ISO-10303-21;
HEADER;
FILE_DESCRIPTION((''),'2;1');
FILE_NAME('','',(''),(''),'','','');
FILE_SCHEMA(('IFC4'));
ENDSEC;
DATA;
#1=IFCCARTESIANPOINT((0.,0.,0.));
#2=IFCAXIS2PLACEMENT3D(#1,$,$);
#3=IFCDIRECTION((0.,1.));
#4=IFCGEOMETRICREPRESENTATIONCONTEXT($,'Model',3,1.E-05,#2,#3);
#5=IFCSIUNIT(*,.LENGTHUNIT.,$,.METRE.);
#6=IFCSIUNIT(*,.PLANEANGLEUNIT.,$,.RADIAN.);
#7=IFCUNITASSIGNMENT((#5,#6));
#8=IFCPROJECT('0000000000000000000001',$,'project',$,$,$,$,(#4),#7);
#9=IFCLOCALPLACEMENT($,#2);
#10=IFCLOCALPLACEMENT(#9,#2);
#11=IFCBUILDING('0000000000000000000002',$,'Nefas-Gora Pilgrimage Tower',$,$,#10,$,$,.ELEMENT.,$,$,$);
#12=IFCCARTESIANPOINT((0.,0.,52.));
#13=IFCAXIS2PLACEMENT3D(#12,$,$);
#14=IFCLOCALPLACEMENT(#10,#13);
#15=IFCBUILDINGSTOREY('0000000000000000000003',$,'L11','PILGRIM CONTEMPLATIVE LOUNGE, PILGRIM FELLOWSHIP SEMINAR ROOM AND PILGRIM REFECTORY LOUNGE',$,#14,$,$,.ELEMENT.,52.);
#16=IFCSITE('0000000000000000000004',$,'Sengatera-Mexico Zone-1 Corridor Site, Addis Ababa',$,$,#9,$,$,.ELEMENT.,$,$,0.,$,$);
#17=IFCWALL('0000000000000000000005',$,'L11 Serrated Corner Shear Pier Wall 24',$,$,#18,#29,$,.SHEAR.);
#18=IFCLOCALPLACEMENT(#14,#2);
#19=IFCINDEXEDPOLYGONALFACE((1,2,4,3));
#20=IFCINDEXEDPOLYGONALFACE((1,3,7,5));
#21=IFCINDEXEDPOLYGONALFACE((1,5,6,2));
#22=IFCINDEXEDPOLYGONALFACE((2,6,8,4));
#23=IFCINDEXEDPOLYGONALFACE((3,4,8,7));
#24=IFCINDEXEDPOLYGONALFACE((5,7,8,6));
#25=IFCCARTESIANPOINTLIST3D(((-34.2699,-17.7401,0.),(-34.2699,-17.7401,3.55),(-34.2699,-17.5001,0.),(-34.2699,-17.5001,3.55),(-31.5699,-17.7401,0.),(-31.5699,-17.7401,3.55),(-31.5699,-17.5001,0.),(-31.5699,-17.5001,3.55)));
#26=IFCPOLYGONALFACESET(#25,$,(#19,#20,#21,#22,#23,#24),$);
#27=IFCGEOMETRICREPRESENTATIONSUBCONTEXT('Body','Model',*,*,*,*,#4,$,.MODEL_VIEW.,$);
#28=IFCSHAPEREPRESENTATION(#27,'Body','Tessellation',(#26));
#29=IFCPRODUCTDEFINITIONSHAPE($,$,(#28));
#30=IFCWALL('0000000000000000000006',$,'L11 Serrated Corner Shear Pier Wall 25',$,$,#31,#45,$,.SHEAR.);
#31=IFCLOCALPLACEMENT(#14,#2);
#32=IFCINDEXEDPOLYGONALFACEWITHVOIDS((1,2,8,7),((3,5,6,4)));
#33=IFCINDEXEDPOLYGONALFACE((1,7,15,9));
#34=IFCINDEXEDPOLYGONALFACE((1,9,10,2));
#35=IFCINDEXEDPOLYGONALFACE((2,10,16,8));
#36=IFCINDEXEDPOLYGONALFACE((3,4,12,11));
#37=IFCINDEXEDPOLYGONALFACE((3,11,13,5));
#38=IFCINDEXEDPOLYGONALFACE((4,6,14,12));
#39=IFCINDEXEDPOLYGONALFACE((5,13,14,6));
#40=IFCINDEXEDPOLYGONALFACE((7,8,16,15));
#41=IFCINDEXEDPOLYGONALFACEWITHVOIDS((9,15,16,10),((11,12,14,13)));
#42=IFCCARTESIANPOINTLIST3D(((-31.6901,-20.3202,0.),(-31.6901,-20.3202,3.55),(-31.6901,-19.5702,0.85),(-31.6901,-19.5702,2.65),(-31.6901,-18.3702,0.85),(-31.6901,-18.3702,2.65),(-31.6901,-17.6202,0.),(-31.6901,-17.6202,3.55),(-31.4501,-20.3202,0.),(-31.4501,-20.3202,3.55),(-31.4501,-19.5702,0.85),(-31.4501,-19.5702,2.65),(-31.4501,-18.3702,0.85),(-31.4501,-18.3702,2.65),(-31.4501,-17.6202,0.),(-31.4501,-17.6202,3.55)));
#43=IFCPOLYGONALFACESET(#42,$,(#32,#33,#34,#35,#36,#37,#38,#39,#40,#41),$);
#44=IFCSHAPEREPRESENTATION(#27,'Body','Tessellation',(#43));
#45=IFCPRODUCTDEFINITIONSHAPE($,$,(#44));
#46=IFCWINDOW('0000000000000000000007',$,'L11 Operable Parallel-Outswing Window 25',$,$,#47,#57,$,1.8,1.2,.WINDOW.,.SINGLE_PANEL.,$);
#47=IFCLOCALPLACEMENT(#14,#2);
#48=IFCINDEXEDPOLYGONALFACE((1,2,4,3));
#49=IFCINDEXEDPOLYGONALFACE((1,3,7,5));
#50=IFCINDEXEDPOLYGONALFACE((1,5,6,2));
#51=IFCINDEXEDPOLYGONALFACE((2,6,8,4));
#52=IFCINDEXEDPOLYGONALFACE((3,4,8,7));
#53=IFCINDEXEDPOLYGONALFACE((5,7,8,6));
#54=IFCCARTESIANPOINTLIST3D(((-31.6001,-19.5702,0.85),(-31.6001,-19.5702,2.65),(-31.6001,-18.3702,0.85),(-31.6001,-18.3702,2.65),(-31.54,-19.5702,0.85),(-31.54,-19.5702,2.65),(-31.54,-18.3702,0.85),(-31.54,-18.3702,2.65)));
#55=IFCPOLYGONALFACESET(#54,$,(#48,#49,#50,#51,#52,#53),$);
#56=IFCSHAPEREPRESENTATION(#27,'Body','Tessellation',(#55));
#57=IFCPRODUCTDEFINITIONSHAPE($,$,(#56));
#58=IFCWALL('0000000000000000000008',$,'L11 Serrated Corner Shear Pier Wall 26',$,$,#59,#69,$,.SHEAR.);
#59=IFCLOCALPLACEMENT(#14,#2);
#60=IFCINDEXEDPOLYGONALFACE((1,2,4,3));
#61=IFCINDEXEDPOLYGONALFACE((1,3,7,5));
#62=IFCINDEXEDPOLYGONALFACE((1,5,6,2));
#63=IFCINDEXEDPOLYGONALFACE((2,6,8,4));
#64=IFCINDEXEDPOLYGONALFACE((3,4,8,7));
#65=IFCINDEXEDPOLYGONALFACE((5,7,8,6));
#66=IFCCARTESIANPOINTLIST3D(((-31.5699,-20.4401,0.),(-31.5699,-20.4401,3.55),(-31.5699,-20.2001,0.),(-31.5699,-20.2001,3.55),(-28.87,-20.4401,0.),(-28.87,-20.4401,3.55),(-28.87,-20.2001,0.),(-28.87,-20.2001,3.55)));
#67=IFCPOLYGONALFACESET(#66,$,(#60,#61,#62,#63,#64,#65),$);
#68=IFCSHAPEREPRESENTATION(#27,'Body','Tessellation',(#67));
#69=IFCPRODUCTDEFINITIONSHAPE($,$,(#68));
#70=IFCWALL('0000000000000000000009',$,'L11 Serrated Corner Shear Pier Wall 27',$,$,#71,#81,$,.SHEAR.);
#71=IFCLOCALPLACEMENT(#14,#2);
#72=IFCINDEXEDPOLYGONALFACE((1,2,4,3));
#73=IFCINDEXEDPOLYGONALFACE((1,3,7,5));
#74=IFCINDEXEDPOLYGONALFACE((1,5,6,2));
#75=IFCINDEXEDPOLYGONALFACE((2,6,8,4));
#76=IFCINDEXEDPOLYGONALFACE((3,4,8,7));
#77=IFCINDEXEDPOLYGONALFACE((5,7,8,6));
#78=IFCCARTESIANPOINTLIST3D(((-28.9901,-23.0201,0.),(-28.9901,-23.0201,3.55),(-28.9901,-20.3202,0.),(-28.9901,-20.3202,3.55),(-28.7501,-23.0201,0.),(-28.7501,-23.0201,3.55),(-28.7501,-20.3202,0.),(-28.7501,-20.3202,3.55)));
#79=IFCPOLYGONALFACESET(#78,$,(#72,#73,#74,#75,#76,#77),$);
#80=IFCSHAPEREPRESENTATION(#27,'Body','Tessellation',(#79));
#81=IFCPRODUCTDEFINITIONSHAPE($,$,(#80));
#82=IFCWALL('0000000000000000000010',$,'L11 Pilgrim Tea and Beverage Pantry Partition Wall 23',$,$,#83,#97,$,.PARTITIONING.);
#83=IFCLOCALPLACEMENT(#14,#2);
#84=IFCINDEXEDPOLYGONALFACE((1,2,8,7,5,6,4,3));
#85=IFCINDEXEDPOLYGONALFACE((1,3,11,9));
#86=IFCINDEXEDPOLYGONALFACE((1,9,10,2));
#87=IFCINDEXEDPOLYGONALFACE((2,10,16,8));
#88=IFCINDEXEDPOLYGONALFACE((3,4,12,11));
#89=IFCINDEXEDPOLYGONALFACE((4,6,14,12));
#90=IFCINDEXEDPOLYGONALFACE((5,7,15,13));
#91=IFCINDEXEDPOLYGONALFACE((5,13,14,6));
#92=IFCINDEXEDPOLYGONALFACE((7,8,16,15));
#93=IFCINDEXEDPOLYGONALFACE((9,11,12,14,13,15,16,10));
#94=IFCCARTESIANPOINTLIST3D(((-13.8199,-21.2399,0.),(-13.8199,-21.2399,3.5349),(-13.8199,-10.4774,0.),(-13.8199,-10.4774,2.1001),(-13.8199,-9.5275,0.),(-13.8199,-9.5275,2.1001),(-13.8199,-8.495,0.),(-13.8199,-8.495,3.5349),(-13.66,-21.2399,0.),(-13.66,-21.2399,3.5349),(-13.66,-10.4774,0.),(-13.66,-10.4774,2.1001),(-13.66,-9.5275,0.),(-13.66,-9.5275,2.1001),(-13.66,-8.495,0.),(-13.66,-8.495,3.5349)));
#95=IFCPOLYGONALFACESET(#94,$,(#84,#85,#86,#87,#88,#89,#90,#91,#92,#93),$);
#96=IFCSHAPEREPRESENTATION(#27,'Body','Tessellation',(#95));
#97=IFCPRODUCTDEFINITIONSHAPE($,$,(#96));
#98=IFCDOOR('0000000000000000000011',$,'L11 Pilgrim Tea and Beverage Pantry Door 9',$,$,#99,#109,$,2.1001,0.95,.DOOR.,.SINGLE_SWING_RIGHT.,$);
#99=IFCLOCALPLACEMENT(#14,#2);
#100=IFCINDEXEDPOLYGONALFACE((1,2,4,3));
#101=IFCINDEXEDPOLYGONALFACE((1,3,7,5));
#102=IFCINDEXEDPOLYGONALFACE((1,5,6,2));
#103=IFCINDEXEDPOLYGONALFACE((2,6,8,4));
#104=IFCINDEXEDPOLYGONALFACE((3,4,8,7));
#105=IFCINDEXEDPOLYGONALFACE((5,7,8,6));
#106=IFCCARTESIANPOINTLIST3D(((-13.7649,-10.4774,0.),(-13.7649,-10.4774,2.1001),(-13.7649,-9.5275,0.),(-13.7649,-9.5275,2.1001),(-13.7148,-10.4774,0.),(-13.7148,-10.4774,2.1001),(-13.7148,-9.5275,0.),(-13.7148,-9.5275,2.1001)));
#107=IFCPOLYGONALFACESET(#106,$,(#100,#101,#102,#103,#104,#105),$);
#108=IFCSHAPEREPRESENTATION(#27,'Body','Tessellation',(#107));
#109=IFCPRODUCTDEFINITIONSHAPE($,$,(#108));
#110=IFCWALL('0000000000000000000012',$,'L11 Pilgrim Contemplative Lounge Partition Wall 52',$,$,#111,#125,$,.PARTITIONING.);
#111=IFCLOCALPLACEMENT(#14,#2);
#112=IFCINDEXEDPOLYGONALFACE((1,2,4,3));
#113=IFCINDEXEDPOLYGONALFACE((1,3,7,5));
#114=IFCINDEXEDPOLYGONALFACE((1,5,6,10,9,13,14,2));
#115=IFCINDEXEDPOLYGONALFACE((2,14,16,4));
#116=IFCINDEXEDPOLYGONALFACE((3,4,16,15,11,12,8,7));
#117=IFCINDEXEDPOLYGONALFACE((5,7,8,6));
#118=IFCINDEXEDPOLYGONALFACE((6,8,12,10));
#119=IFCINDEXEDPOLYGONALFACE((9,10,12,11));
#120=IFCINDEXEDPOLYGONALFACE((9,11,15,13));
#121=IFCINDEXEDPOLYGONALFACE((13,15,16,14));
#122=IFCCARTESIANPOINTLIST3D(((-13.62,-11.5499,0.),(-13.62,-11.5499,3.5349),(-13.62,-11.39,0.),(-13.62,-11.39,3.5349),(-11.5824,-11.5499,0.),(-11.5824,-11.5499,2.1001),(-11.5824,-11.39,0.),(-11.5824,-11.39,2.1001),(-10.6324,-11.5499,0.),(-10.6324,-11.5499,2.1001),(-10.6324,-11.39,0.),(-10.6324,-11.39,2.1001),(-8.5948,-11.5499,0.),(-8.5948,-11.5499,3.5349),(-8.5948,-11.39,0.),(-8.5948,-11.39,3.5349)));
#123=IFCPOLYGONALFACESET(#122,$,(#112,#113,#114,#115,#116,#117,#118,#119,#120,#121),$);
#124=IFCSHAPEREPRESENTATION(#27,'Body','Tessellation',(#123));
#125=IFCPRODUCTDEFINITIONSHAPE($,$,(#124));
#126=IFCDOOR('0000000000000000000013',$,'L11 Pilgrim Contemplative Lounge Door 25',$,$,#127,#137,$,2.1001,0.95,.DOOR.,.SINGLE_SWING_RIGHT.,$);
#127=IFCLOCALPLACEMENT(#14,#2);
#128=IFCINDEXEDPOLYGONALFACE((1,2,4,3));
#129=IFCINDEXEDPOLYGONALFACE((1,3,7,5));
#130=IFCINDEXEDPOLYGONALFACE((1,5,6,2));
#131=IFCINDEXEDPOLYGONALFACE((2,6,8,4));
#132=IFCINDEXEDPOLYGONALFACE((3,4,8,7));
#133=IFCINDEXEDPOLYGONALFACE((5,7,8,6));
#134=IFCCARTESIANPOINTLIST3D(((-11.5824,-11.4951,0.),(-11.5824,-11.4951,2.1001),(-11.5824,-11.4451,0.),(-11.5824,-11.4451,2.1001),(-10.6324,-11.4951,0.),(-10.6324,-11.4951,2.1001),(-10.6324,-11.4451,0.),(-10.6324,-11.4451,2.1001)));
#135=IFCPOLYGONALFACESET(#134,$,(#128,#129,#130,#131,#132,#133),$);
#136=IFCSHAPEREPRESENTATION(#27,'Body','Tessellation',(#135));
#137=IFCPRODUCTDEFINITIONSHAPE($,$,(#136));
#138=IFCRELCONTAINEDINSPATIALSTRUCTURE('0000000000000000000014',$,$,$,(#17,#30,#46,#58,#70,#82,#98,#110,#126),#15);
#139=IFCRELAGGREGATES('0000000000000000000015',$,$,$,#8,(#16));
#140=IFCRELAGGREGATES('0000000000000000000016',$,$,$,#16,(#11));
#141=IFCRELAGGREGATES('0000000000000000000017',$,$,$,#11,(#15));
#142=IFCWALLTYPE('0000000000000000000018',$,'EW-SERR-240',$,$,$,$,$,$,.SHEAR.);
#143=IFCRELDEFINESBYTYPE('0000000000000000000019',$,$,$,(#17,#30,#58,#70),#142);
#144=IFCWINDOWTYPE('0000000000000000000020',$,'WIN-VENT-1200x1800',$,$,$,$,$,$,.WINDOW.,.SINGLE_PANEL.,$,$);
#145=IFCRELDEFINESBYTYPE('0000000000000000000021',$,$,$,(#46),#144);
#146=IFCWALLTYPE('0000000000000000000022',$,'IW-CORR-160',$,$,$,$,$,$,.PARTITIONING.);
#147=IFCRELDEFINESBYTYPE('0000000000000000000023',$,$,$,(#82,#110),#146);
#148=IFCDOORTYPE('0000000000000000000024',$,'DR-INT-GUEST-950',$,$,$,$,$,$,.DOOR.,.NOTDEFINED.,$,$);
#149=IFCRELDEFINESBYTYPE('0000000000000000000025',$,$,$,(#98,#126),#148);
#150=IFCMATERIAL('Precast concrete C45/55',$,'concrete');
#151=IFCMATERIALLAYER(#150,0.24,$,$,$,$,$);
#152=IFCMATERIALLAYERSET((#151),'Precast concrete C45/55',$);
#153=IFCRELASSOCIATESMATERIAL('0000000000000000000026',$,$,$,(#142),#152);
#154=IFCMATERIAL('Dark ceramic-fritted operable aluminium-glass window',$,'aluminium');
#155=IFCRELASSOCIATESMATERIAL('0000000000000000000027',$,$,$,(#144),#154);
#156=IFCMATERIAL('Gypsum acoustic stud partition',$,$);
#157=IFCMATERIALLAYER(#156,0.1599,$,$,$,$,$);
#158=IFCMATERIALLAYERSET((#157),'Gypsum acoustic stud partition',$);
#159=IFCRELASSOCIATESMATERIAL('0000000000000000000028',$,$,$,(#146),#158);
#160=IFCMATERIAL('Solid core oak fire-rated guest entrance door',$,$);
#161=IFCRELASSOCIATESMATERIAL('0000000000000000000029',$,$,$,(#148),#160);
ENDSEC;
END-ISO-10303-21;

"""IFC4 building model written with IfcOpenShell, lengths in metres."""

from ifc_helpers import new_model, si_unit, direction, frame, frame_2d, origin, place, context, subcontext, project, spatial, rectangle, extrude, source, transform, mapped, material, layer, layer_set, type_object, element, fill, save


model = new_model("IFC4")

# Units and contexts
model_context = context("Model", 3, precision=1e-05, world=origin(), true_north=direction((0.0, 1.0)))
body_context = subcontext(model_context, "Body", "Model", "MODEL_VIEW")
ifc_project = project(units=[si_unit("LENGTHUNIT", "METRE"), si_unit("PLANEANGLEUNIT", "RADIAN")], contexts=[model_context])

# Site, building, storey
site_placement = place(None, origin())
site = spatial("IfcSite", under=ifc_project, at=site_placement, Name="Sengatera-Mexico Zone-1 Corridor Site, Addis Ababa", CompositionType="ELEMENT", RefElevation=0.0)
building_placement = place(site_placement, origin())
building = spatial("IfcBuilding", under=site, at=building_placement, Name="Nefas-Gora Pilgrimage Tower", CompositionType="ELEMENT")
storey_placement = place(building_placement, frame((0.0, 0.0, 52.0)))
storey = spatial("IfcBuildingStorey", under=building, at=storey_placement, Name="L11", Description="PILGRIM CONTEMPLATIVE LOUNGE, PILGRIM FELLOWSHIP SEMINAR ROOM AND PILGRIM REFECTORY LOUNGE", CompositionType="ELEMENT", Elevation=52.0)

# Wall
ifc_material_1 = material(Name="Precast concrete C45/55", Category="concrete")
ifc_layer_1 = layer(ifc_material_1, 0.24)
ifc_layer_set_1 = layer_set([ifc_layer_1], Name="Precast concrete C45/55")
wall_type_1 = type_object("IfcWallType", Name="EW-SERR-240", PredefinedType="SHEAR", material=ifc_layer_set_1)
shared_shape_1 = source(origin(), body_context, "Body", "SweptSolid", [
    extrude(rectangle(XDim=2.7, YDim=0.24, at=frame_2d((1.3501, 0.0))), origin(), (0.0, 0.0, 1.0), 3.55),
])
wall_1_placement = place(storey_placement, frame((-34.27, -17.6201, 0.0), z_axis=(0.0, 0.0, 1.0), x_axis=(1.0, 0.0, 0.0)))
element("IfcWall", 1, at=wall_1_placement, inside=storey, type_object=wall_type_1, Name="L11 Serrated Corner Shear Pier Wall 24", PredefinedType="SHEAR", context=body_context, shape_type="MappedRepresentation", body=[
    mapped(shared_shape_1, transform((0.0, 0.0, 0.0), x_axis=(1.0, 0.0, 0.0), y_axis=(0.0, 1.0, 0.0), z_axis=(0.0, 0.0, 1.0), scale=1.0)),
])

# Wall, opening, window
wall_2_placement = place(storey_placement, frame((-31.5701, -17.6201, 0.0), z_axis=(0.0, 0.0, 1.0), x_axis=(0.0, -1.0, 0.0)))
wall_2 = element("IfcWall", 2, at=wall_2_placement, inside=storey, type_object=wall_type_1, Name="L11 Serrated Corner Shear Pier Wall 25", PredefinedType="SHEAR", context=body_context, shape_type="MappedRepresentation", body=[
    mapped(shared_shape_1, transform((0.0, 0.0, 0.0), x_axis=(1.0, 0.0, 0.0), y_axis=(0.0, 1.0, 0.0), z_axis=(0.0, 0.0, 1.0), scale=1.0)),
])
opening_1_placement = place(wall_2_placement, frame((0.75, 0.0, 0.8501)))
opening_1 = element("IfcOpeningElement", 3, at=opening_1_placement, cuts=wall_2, PredefinedType="OPENING", context=body_context, shape_type="SweptSolid", body=[
    extrude(rectangle(XDim=1.2, YDim=1.8, at=frame_2d((0.6001, 0.8999))), frame((0.0, 0.1299, 0.0), z_axis=(0.0, -1.0, 0.0), x_axis=(1.0, 0.0, 0.0)), (0.0, 0.0, 1.0), 0.26),
])
ifc_material_2 = material(Name="Dark ceramic-fritted operable aluminium-glass window", Category="aluminium")
window_type = type_object("IfcWindowType", Name="WIN-VENT-1200x1800", PartitioningType="SINGLE_PANEL", PredefinedType="WINDOW", material=ifc_material_2)
shared_shape_2 = source(origin(), body_context, "Body", "SweptSolid", [
    extrude(rectangle(XDim=1.2, YDim=1.8, at=frame_2d((0.6001, 0.8999))), frame((0.0, 0.03, 0.0), z_axis=(0.0, -1.0, 0.0), x_axis=(1.0, 0.0, 0.0)), (0.0, 0.0, 1.0), 0.0601),
])
window_placement = place(opening_1_placement, origin())
window = element("IfcWindow", 4, at=window_placement, inside=storey, type_object=window_type, Name="L11 Operable Parallel-Outswing Window 25", OverallHeight=1.8, OverallWidth=1.2, PartitioningType="SINGLE_PANEL", PredefinedType="WINDOW", context=body_context, shape_type="MappedRepresentation", body=[
    mapped(shared_shape_2, transform((0.0, 0.0, 0.0), x_axis=(1.0, 0.0, 0.0), y_axis=(0.0, 1.0, 0.0), z_axis=(0.0, 0.0, 1.0), scale=1.0)),
])
fill(opening_1, window)

# Walls
for number, where, z_axis, x_axis, name in (
    (5, (-31.5701, -20.3201, 0.0), (0.0, 0.0, 1.0), (1.0, 0.0, 0.0), "L11 Serrated Corner Shear Pier Wall 26"),
    (6, (-28.8701, -20.3201, 0.0), (0.0, 0.0, 1.0), (0.0, -1.0, 0.0), "L11 Serrated Corner Shear Pier Wall 27"),
):
    element("IfcWall", number, at=place(storey_placement, frame(where, z_axis=z_axis, x_axis=x_axis)), inside=storey, type_object=wall_type_1, Name=name, PredefinedType="SHEAR", context=body_context, shape_type="MappedRepresentation", body=[
        mapped(shared_shape_1, transform((0.0, 0.0, 0.0), x_axis=(1.0, 0.0, 0.0), y_axis=(0.0, 1.0, 0.0), z_axis=(0.0, 0.0, 1.0), scale=1.0)),
    ])

# Walls, openings, doors
ifc_material_3 = material(Name="Gypsum acoustic stud partition")
ifc_layer_2 = layer(ifc_material_3, 0.1599)
ifc_layer_set_2 = layer_set([ifc_layer_2], Name="Gypsum acoustic stud partition")
wall_type_2 = type_object("IfcWallType", Name="IW-CORR-160", PredefinedType="PARTITIONING", material=ifc_layer_set_2)
shared_shape_3 = source(origin(), body_context, "Body", "SweptSolid", [
    extrude(rectangle(XDim=12.7449, YDim=0.1599, at=frame_2d((6.3726, 0.0))), origin(), (0.0, 0.0, 1.0), 3.5349),
])
wall_3_placement = place(storey_placement, frame((-13.74, -21.24, 0.0), z_axis=(0.0, 0.0, 1.0), x_axis=(0.0, 1.0, 0.0)))
wall_3 = element("IfcWall", 7, at=wall_3_placement, inside=storey, type_object=wall_type_2, Name="L11 Pilgrim Tea and Beverage Pantry Partition Wall 23", PredefinedType="PARTITIONING", context=body_context, shape_type="MappedRepresentation", body=[
    mapped(shared_shape_3, transform((0.0, 0.0, 0.0), x_axis=(1.0, 0.0, 0.0), y_axis=(0.0, 1.0, 0.0), z_axis=(0.0, 0.0, 1.0), scale=1.0)),
])
opening_2_placement = place(wall_3_placement, frame((10.7625, 0.0, 0.0)))
opening_2 = element("IfcOpeningElement", 8, at=opening_2_placement, cuts=wall_3, PredefinedType="OPENING", context=body_context, shape_type="SweptSolid", body=[
    extrude(rectangle(XDim=0.95, YDim=2.1001, at=frame_2d((0.4751, 1.05))), frame((0.0, 0.0898, 0.0), z_axis=(0.0, -1.0, 0.0), x_axis=(1.0, 0.0, 0.0)), (0.0, 0.0, 1.0), 0.1799),
])
ifc_material_4 = material(Name="Solid core oak fire-rated guest entrance door")
door_type = type_object("IfcDoorType", Name="DR-INT-GUEST-950", OperationType="NOTDEFINED", PredefinedType="DOOR", material=ifc_material_4)
shared_shape_4 = source(origin(), body_context, "Body", "SweptSolid", [
    extrude(rectangle(XDim=0.95, YDim=2.1001, at=frame_2d((0.4751, 1.05))), frame((0.0, 0.0249, 0.0), z_axis=(0.0, -1.0, 0.0), x_axis=(1.0, 0.0, 0.0)), (0.0, 0.0, 1.0), 0.05),
])
door_1_placement = place(opening_2_placement, origin())
door_1 = element("IfcDoor", 9, at=door_1_placement, inside=storey, type_object=door_type, Name="L11 Pilgrim Tea and Beverage Pantry Door 9", OperationType="SINGLE_SWING_RIGHT", OverallHeight=2.1001, OverallWidth=0.95, PredefinedType="DOOR", context=body_context, shape_type="MappedRepresentation", body=[
    mapped(shared_shape_4, transform((0.0, 0.0, 0.0), x_axis=(1.0, 0.0, 0.0), y_axis=(0.0, 1.0, 0.0), z_axis=(0.0, 0.0, 1.0), scale=1.0)),
])
fill(opening_2, door_1)
shared_shape_5 = source(origin(), body_context, "Body", "SweptSolid", [
    extrude(rectangle(XDim=5.0251, YDim=0.1599, at=frame_2d((2.5127, 0.0))), origin(), (0.0, 0.0, 1.0), 3.5349),
])
wall_4_placement = place(storey_placement, frame((-13.6201, -11.47, 0.0), z_axis=(0.0, 0.0, 1.0), x_axis=(1.0, 0.0, 0.0)))
wall_4 = element("IfcWall", 10, at=wall_4_placement, inside=storey, type_object=wall_type_2, Name="L11 Pilgrim Contemplative Lounge Partition Wall 52", PredefinedType="PARTITIONING", context=body_context, shape_type="MappedRepresentation", body=[
    mapped(shared_shape_5, transform((0.0, 0.0, 0.0), x_axis=(1.0, 0.0, 0.0), y_axis=(0.0, 1.0, 0.0), z_axis=(0.0, 0.0, 1.0), scale=1.0)),
])
opening_3_placement = place(wall_4_placement, frame((2.0376, 0.0, 0.0)))
opening_3 = element("IfcOpeningElement", 11, at=opening_3_placement, cuts=wall_4, PredefinedType="OPENING", context=body_context, shape_type="SweptSolid", body=[
    extrude(rectangle(XDim=0.95, YDim=2.1001, at=frame_2d((0.4751, 1.05))), frame((0.0, 0.0898, 0.0), z_axis=(0.0, -1.0, 0.0), x_axis=(1.0, 0.0, 0.0)), (0.0, 0.0, 1.0), 0.1799),
])
door_2_placement = place(opening_3_placement, origin())
door_2 = element("IfcDoor", 12, at=door_2_placement, inside=storey, type_object=door_type, Name="L11 Pilgrim Contemplative Lounge Door 25", OperationType="SINGLE_SWING_RIGHT", OverallHeight=2.1001, OverallWidth=0.95, PredefinedType="DOOR", context=body_context, shape_type="MappedRepresentation", body=[
    mapped(shared_shape_4, transform((0.0, 0.0, 0.0), x_axis=(1.0, 0.0, 0.0), y_axis=(0.0, 1.0, 0.0), z_axis=(0.0, 0.0, 1.0), scale=1.0)),
])
fill(opening_3, door_2)

save(model, "model.ifc")
